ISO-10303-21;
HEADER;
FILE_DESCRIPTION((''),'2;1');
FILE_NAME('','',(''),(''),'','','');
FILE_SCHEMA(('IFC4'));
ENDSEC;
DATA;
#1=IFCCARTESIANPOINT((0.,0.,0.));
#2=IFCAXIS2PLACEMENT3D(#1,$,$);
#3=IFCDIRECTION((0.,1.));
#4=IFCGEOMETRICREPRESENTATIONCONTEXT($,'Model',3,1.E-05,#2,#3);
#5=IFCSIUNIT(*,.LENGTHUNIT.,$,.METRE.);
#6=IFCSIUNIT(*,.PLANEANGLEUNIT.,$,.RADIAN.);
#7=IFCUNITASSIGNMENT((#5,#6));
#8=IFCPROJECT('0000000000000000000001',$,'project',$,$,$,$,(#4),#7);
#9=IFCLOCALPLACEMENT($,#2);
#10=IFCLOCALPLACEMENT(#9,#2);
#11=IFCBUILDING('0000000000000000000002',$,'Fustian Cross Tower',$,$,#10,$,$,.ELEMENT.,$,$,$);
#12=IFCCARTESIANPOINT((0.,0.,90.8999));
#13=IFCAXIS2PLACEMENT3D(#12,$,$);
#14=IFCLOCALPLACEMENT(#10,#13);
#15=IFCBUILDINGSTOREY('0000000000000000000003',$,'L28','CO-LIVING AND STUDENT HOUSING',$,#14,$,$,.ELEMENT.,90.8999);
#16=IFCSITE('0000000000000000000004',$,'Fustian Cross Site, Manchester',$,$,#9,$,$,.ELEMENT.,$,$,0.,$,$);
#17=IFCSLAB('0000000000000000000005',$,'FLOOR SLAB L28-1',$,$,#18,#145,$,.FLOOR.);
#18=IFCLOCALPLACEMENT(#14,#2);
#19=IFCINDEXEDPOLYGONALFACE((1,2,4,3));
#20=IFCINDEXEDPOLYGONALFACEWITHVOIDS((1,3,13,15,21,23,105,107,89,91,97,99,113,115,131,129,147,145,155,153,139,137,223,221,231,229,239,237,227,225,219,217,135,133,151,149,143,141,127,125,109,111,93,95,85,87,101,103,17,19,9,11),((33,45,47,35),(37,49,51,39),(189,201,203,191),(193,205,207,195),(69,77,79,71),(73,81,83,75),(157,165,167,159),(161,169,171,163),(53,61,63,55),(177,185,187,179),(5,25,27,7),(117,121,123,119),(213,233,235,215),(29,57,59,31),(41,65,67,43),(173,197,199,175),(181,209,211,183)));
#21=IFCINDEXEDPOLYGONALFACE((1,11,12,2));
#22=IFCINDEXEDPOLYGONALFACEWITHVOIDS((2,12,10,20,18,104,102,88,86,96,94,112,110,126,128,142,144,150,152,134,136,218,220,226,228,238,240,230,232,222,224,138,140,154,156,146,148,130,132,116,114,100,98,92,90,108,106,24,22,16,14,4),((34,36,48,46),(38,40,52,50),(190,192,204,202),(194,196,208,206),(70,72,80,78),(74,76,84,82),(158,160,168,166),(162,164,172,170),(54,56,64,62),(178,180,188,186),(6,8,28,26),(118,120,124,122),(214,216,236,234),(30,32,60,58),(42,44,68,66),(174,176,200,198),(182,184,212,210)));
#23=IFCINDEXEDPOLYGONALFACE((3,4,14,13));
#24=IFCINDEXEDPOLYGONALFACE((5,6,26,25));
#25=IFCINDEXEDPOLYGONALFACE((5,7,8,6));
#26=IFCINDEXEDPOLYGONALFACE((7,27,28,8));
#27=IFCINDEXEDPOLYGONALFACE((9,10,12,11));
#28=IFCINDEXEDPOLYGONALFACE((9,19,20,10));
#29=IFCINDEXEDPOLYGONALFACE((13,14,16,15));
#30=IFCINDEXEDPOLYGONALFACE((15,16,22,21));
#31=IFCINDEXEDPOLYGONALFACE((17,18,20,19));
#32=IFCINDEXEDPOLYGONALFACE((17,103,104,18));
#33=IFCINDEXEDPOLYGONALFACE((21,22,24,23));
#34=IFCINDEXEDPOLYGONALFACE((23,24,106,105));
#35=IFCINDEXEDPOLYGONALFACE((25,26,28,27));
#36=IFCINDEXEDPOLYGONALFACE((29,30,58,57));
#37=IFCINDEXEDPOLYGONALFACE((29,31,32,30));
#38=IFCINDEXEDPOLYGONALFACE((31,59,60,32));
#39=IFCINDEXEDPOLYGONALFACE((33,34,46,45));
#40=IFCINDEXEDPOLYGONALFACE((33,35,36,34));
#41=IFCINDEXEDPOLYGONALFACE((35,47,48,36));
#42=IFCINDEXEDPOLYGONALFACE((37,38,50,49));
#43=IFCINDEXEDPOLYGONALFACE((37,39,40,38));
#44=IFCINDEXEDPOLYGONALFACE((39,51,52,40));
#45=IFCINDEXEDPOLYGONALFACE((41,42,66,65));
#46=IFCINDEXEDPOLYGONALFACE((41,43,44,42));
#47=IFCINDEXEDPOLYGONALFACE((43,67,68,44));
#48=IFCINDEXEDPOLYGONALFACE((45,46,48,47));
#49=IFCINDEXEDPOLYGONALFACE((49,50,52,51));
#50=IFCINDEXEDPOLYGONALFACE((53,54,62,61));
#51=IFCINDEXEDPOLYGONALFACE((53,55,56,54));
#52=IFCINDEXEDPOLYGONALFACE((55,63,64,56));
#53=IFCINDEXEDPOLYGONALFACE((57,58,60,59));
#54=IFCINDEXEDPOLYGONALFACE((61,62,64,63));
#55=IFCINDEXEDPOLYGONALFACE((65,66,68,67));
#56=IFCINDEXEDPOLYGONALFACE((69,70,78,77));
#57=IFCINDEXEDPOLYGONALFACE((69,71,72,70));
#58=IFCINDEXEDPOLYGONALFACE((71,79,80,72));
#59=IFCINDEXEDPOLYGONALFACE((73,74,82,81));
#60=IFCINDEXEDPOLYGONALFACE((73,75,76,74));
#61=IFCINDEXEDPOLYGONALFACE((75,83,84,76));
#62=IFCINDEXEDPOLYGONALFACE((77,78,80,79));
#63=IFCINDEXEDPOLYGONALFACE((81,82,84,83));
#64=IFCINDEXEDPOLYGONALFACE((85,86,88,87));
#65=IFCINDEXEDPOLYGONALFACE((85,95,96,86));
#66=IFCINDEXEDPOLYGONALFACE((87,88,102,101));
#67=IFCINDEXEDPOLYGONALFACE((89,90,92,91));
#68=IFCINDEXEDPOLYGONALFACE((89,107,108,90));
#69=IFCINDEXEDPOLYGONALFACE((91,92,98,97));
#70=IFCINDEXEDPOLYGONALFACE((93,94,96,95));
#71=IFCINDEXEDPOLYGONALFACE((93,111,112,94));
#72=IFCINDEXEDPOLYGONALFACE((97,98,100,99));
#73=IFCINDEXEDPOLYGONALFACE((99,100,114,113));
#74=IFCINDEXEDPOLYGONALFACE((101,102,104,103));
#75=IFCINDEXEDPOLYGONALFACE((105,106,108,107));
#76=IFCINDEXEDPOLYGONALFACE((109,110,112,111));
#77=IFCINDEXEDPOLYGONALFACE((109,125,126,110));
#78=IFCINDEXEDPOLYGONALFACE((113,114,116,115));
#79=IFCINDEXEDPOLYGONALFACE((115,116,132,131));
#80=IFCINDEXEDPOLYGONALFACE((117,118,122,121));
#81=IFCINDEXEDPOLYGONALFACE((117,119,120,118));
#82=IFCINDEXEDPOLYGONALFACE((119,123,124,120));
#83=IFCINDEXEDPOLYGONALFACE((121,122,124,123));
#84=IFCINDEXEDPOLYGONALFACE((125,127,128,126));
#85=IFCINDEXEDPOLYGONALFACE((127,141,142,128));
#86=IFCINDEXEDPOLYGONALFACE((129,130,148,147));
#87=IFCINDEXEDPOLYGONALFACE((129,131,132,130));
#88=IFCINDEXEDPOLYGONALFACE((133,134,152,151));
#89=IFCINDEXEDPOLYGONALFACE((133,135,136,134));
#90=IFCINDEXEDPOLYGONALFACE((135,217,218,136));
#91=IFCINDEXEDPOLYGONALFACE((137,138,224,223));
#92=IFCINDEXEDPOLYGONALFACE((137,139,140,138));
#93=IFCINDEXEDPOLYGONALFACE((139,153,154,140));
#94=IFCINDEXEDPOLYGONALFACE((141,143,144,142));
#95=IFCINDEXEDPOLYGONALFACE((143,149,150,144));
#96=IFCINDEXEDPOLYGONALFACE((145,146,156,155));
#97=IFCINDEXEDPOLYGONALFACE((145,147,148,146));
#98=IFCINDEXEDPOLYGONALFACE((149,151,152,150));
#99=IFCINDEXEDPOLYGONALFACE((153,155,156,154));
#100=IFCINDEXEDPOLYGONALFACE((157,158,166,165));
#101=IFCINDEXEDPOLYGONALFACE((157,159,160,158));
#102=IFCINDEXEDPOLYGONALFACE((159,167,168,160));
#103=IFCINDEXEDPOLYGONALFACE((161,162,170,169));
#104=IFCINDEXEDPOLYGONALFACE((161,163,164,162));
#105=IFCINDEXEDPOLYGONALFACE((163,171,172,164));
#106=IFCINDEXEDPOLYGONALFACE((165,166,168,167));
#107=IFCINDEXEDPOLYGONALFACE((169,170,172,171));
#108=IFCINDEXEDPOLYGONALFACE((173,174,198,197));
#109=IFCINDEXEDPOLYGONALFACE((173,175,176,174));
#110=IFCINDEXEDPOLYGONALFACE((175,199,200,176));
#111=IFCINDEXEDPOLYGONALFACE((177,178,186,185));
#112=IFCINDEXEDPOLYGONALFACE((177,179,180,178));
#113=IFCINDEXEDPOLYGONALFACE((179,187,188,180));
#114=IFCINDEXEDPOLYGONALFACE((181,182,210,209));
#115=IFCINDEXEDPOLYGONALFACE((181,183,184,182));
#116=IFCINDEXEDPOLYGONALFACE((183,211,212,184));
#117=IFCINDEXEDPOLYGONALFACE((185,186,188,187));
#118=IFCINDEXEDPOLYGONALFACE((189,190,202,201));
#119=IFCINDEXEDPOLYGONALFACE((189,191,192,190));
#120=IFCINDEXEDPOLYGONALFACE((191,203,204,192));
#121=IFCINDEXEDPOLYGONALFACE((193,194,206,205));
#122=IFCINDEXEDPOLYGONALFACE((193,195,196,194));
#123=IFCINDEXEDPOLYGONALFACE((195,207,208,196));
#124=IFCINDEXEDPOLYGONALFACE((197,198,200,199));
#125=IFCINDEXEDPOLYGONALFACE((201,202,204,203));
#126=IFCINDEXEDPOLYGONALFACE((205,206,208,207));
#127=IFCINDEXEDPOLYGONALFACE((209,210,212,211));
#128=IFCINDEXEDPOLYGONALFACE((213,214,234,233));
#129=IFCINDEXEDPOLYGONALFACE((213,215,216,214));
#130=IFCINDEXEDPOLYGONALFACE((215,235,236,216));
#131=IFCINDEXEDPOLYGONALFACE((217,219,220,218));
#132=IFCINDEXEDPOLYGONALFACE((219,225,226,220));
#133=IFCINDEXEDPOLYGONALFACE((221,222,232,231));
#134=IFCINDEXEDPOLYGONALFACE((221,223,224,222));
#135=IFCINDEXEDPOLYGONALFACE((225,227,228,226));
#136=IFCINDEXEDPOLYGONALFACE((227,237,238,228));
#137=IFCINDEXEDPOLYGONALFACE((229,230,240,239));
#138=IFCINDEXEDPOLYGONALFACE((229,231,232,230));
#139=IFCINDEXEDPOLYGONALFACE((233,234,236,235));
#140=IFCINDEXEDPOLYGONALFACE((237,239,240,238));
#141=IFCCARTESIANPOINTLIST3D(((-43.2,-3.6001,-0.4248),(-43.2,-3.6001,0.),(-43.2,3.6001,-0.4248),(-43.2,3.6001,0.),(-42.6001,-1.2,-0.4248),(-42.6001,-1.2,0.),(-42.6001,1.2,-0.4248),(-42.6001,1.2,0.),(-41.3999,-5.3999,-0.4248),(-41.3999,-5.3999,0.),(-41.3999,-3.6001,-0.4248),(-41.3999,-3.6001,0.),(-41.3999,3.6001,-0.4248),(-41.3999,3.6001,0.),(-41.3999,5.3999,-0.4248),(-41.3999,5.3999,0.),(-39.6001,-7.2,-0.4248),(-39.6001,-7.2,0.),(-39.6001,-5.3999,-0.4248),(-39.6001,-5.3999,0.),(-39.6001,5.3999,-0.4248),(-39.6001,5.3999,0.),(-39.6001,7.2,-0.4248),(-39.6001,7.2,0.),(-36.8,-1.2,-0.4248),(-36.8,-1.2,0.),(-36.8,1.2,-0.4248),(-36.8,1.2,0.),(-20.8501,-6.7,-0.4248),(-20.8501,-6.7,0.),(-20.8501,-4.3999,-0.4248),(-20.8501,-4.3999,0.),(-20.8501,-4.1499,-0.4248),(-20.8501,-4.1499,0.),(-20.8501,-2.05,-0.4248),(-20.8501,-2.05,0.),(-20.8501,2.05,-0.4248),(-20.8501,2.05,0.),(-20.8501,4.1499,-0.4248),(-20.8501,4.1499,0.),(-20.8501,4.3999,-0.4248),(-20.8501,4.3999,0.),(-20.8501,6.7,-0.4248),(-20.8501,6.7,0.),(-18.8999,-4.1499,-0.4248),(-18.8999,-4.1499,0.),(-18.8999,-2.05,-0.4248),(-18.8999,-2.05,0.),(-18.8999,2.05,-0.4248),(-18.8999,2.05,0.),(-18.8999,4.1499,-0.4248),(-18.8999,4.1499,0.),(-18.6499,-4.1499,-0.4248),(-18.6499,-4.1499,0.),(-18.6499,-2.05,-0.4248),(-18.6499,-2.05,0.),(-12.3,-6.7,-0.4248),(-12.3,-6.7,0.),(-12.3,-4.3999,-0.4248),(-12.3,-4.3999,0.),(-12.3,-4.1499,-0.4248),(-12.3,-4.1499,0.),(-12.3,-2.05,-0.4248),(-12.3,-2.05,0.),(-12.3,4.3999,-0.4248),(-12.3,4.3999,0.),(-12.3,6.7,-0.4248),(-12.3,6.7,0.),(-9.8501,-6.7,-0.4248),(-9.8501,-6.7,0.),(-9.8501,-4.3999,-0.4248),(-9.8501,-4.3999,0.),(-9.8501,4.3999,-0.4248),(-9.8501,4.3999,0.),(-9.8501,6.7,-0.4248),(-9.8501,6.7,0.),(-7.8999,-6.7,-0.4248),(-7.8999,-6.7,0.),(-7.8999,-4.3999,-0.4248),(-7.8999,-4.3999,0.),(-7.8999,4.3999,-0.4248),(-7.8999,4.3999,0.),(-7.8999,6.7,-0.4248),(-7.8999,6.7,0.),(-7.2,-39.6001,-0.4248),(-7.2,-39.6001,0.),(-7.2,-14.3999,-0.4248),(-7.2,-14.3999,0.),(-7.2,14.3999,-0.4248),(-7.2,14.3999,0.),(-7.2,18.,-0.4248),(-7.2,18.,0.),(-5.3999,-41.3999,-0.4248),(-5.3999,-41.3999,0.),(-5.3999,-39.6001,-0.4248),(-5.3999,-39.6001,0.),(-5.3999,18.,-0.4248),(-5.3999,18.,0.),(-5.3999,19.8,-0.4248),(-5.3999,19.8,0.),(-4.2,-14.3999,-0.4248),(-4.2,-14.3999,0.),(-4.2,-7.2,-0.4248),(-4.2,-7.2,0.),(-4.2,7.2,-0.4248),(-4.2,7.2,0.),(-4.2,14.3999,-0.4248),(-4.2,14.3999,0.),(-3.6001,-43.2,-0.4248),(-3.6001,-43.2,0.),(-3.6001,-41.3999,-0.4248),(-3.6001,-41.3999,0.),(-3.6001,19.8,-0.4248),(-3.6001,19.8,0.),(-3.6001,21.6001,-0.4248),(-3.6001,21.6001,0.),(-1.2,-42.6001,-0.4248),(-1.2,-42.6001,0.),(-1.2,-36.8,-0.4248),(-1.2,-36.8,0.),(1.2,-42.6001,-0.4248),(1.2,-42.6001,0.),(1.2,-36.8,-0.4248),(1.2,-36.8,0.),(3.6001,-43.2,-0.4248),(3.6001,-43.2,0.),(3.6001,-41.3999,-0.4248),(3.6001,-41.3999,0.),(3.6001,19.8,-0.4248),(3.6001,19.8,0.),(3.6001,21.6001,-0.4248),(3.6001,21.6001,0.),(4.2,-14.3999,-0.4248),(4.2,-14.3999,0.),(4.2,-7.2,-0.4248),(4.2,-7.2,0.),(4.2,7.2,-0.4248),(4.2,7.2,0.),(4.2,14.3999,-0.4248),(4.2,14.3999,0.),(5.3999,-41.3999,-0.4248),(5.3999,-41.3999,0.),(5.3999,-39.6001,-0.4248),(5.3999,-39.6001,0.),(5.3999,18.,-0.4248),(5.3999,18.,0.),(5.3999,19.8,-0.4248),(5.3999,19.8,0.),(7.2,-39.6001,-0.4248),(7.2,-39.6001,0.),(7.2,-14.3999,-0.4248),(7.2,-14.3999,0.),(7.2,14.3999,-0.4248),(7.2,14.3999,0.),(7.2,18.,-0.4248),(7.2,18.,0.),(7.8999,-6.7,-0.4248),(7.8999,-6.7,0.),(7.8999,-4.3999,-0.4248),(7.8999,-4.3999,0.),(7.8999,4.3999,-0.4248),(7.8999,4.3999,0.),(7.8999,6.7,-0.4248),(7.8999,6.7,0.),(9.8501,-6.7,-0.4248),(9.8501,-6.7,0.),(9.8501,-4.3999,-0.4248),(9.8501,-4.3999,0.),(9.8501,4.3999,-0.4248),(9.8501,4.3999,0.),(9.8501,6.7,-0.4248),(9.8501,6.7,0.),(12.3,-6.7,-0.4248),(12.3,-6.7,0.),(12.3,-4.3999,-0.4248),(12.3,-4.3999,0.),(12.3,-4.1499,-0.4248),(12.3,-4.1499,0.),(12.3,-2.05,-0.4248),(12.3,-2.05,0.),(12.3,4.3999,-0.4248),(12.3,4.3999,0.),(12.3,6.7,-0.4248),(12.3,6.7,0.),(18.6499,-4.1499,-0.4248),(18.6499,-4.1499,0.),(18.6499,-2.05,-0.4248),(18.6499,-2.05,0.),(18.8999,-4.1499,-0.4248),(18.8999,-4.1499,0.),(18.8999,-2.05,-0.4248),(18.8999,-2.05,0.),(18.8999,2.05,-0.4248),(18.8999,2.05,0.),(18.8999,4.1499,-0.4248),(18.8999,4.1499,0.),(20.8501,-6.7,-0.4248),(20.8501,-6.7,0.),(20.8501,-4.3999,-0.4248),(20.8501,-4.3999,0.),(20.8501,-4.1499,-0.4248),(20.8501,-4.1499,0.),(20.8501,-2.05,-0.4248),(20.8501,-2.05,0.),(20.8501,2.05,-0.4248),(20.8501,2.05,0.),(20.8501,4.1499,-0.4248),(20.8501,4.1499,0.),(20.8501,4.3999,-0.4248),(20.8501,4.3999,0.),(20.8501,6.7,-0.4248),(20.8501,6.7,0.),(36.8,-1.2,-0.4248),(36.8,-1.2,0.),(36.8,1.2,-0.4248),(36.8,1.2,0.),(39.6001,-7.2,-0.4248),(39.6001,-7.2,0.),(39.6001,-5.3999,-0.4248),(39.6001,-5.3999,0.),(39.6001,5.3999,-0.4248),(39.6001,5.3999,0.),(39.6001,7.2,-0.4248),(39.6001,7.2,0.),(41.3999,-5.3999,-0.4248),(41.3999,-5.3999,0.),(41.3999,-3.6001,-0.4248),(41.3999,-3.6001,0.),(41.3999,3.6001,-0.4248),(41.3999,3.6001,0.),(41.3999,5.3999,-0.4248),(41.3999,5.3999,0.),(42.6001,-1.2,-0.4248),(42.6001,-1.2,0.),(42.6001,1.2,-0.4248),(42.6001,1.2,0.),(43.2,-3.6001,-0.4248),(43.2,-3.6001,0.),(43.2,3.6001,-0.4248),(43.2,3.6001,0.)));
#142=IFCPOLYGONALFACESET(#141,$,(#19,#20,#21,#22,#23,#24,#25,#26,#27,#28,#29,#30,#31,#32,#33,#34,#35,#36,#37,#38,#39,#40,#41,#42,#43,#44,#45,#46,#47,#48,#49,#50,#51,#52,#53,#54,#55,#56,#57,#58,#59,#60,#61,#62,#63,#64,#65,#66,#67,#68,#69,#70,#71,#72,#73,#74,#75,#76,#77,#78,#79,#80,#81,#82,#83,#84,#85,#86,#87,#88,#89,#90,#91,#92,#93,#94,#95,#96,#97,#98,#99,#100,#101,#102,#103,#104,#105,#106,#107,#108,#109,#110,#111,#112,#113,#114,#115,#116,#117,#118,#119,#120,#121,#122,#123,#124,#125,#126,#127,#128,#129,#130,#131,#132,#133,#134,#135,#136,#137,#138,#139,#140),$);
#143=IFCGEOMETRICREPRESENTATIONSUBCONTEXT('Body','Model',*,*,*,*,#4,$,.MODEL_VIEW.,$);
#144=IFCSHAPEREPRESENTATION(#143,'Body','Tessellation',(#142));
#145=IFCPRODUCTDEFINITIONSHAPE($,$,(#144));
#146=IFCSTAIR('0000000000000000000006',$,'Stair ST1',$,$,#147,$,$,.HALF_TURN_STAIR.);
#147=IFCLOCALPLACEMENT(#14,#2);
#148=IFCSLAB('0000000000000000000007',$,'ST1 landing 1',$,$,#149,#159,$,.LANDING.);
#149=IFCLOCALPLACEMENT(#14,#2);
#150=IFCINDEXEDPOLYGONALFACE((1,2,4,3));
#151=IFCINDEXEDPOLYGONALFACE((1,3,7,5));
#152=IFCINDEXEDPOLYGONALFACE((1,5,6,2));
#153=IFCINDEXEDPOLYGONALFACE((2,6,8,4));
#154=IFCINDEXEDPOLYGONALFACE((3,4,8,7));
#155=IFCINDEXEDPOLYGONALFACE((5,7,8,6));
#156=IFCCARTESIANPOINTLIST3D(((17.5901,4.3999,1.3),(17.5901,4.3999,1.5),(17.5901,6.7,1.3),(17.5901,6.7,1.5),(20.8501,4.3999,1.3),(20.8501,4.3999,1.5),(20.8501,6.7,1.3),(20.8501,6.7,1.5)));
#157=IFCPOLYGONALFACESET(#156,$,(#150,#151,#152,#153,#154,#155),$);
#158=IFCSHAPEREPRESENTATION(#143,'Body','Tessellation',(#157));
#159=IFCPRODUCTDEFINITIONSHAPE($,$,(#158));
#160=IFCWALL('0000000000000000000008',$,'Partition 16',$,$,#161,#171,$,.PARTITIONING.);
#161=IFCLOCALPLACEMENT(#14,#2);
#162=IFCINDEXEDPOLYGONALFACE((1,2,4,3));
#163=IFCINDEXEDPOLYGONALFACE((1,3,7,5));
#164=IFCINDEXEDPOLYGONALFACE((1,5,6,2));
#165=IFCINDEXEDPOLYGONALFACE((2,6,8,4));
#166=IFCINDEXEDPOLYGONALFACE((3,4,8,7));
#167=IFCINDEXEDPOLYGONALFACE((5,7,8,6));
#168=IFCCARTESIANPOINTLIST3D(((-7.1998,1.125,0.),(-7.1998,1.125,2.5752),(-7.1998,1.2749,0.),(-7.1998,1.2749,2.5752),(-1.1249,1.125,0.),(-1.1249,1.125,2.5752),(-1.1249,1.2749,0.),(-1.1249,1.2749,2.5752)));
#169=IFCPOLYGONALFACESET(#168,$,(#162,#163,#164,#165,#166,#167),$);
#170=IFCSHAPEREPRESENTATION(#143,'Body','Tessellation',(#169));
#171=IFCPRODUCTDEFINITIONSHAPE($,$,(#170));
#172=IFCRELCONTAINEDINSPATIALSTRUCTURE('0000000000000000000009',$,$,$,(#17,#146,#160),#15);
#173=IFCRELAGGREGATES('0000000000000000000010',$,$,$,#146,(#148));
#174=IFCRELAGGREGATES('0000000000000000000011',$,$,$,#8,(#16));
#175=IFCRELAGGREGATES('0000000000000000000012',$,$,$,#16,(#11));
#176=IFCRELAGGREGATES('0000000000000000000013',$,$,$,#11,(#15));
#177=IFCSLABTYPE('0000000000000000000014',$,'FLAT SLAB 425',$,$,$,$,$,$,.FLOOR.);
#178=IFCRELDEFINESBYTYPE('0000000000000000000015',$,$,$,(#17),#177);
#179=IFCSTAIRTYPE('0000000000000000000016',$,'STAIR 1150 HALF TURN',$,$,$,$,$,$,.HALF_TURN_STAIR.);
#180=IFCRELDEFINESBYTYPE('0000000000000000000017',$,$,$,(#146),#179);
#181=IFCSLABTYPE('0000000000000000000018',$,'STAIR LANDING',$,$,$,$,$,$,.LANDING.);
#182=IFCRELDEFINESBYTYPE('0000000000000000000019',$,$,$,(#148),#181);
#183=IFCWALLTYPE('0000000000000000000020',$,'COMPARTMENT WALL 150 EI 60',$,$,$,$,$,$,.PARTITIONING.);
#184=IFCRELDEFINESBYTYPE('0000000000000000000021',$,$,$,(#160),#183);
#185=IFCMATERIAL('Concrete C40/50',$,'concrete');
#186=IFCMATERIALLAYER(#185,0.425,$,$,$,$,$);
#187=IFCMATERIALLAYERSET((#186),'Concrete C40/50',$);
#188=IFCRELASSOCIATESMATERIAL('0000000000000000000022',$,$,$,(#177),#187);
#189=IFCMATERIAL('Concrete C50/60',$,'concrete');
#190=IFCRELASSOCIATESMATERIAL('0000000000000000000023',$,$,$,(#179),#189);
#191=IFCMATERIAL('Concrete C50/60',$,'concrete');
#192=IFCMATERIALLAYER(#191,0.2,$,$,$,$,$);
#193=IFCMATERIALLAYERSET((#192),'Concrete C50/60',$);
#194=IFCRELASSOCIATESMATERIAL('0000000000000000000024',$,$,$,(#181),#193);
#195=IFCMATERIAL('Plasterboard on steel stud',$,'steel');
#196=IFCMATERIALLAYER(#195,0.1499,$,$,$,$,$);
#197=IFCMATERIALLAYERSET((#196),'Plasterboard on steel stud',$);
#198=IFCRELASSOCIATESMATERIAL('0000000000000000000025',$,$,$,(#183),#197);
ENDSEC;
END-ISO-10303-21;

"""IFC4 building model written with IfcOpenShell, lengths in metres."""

from ifc_helpers import new_model, si_unit, direction, frame, frame_2d, origin, place, context, subcontext, project, spatial, polyline, rectangle, outline, extrude, material, layer, layer_set, type_object, element, aggregate, save


model = new_model("IFC4")

# Units and contexts
model_context = context("Model", 3, precision=1e-05, world=origin(), true_north=direction((0.0, 1.0)))
body_context = subcontext(model_context, "Body", "Model", "MODEL_VIEW")
ifc_project = project(units=[si_unit("LENGTHUNIT", "METRE"), si_unit("PLANEANGLEUNIT", "RADIAN")], contexts=[model_context])

# Site, building, storey
site_placement = place(None, origin())
site = spatial("IfcSite", under=ifc_project, at=site_placement, Name="Fustian Cross Site, Manchester", CompositionType="ELEMENT", RefElevation=0.0)
building_placement = place(site_placement, origin())
building = spatial("IfcBuilding", under=site, at=building_placement, Name="Fustian Cross Tower", CompositionType="ELEMENT")
storey_placement = place(building_placement, frame((0.0, 0.0, 90.8999)))
storey = spatial("IfcBuildingStorey", under=building, at=storey_placement, Name="L28", Description="CO-LIVING AND STUDENT HOUSING", CompositionType="ELEMENT", Elevation=90.8999)

# Slab
ifc_material_1 = material(Name="Concrete C40/50", Category="concrete")
ifc_layer_1 = layer(ifc_material_1, 0.425)
ifc_layer_set_1 = layer_set([ifc_layer_1], Name="Concrete C40/50")
slab_type_1 = type_object("IfcSlabType", Name="FLAT SLAB 425", PredefinedType="FLOOR", material=ifc_layer_set_1)
slab_1_placement = place(storey_placement, frame((0.0, 0.0, -0.4248)))
element("IfcSlab", 1, at=slab_1_placement, inside=storey, type_object=slab_type_1, Name="FLOOR SLAB L28-1", PredefinedType="FLOOR", context=body_context, shape_type="SweptSolid", body=[
    extrude(outline(polyline([(-4.2, -7.2), (-39.6001, -7.2), (-39.6001, -5.3999), (-41.3999, -5.3999), (-41.3999, -3.6001), (-43.2, -3.6001), (-43.2, 3.6001), (-41.3999, 3.6001), (-41.3999, 5.3999), (-39.6001, 5.3999), (-39.6001, 7.2), (-4.2, 7.2), (-4.2, 14.3999), (-7.2, 14.3999), (-7.2, 18.0), (-5.3999, 18.0), (-5.3999, 19.8), (-3.6001, 19.8), (-3.6001, 21.6001), (3.6001, 21.6001), (3.6001, 19.8), (5.3999, 19.8), (5.3999, 18.0), (7.2, 18.0), (7.2, 14.3999), (4.2, 14.3999), (4.2, 7.2), (39.6001, 7.2), (39.6001, 5.3999), (41.3999, 5.3999), (41.3999, 3.6001), (43.2, 3.6001), (43.2, -3.6001), (41.3999, -3.6001), (41.3999, -5.3999), (39.6001, -5.3999), (39.6001, -7.2), (4.2, -7.2), (4.2, -14.3999), (7.2, -14.3999), (7.2, -39.6001), (5.3999, -39.6001), (5.3999, -41.3999), (3.6001, -41.3999), (3.6001, -43.2), (-3.6001, -43.2), (-3.6001, -41.3999), (-5.3999, -41.3999), (-5.3999, -39.6001), (-7.2, -39.6001), (-7.2, -14.3999), (-4.2, -14.3999), (-4.2, -7.2)]), holes=[polyline([(20.8501, -2.05), (18.8999, -2.05), (18.8999, -4.1499), (20.8501, -4.1499), (20.8501, -2.05)]), polyline([(20.8501, 2.05), (20.8501, 4.1499), (18.8999, 4.1499), (18.8999, 2.05), (20.8501, 2.05)]), polyline([(7.8999, 4.3999), (9.8501, 4.3999), (9.8501, 6.7), (7.8999, 6.7), (7.8999, 4.3999)]), polyline([(7.8999, -4.3999), (7.8999, -6.7), (9.8501, -6.7), (9.8501, -4.3999), (7.8999, -4.3999)]), polyline([(-18.8999, -2.05), (-20.8501, -2.05), (-20.8501, -4.1499), (-18.8999, -4.1499), (-18.8999, -2.05)]), polyline([(-18.8999, 2.05), (-18.8999, 4.1499), (-20.8501, 4.1499), (-20.8501, 2.05), (-18.8999, 2.05)]), polyline([(-9.8501, 4.3999), (-7.8999, 4.3999), (-7.8999, 6.7), (-9.8501, 6.7), (-9.8501, 4.3999)]), polyline([(-9.8501, -4.3999), (-9.8501, -6.7), (-7.8999, -6.7), (-7.8999, -4.3999), (-9.8501, -4.3999)]), polyline([(18.6499, -2.05), (12.3, -2.05), (12.3, -4.1499), (18.6499, -4.1499), (18.6499, -2.05)]), polyline([(-12.3, -4.1499), (-12.3, -2.05), (-18.6499, -2.05), (-18.6499, -4.1499), (-12.3, -4.1499)]), polyline([(12.3, 4.3999), (20.8501, 4.3999), (20.8501, 6.7), (12.3, 6.7), (12.3, 4.3999)]), polyline([(12.3, -4.3999), (12.3, -6.7), (20.8501, -6.7), (20.8501, -4.3999), (12.3, -4.3999)]), polyline([(-12.3, 6.7), (-20.8501, 6.7), (-20.8501, 4.3999), (-12.3, 4.3999), (-12.3, 6.7)]), polyline([(-12.3, -6.7), (-12.3, -4.3999), (-20.8501, -4.3999), (-20.8501, -6.7), (-12.3, -6.7)]), polyline([(-1.2, -42.6001), (1.2, -42.6001), (1.2, -36.8), (-1.2, -36.8), (-1.2, -42.6001)]), polyline([(36.8, 1.2), (36.8, -1.2), (42.6001, -1.2), (42.6001, 1.2), (36.8, 1.2)]), polyline([(-36.8, 1.2), (-42.6001, 1.2), (-42.6001, -1.2), (-36.8, -1.2), (-36.8, 1.2)])]), origin(), (0.0, 0.0, 1.0), 0.4248),
])

# Stair, slab
ifc_material_2 = material(Name="Concrete C50/60", Category="concrete")
stair_type = type_object("IfcStairType", Name="STAIR 1150 HALF TURN", PredefinedType="HALF_TURN_STAIR", material=ifc_material_2)
stair_placement = place(storey_placement, origin())
stair = element("IfcStair", 2, at=stair_placement, inside=storey, type_object=stair_type, Name="Stair ST1", PredefinedType="HALF_TURN_STAIR")
ifc_material_3 = material(Name="Concrete C50/60", Category="concrete")
ifc_layer_2 = layer(ifc_material_3, 0.2)
ifc_layer_set_2 = layer_set([ifc_layer_2], Name="Concrete C50/60")
slab_type_2 = type_object("IfcSlabType", Name="STAIR LANDING", PredefinedType="LANDING", material=ifc_layer_set_2)
slab_2_placement = place(storey_placement, frame((0.0, 0.0, 1.3)))
slab_2 = element("IfcSlab", 3, at=slab_2_placement, type_object=slab_type_2, Name="ST1 landing 1", PredefinedType="LANDING", context=body_context, shape_type="SweptSolid", body=[
    extrude(outline(polyline([(17.5901, 4.3999), (20.8501, 4.3999), (20.8501, 6.7), (17.5901, 6.7), (17.5901, 4.3999)])), origin(), (0.0, 0.0, 1.0), 0.2),
])
aggregate(stair, [slab_2])

# Wall
ifc_material_4 = material(Name="Plasterboard on steel stud", Category="steel")
ifc_layer_3 = layer(ifc_material_4, 0.1499)
ifc_layer_set_3 = layer_set([ifc_layer_3], Name="Plasterboard on steel stud")
wall_type_1 = type_object("IfcWallType", Name="COMPARTMENT WALL 150 EI 60", PredefinedType="PARTITIONING", material=ifc_layer_set_3)
wall_1_placement = place(storey_placement, frame((-7.2, 1.2, 0.0), z_axis=(0.0, 0.0, 1.0), x_axis=(1.0, 0.0, 0.0)))
element("IfcWall", 4, at=wall_1_placement, inside=storey, type_object=wall_type_1, Name="Partition 16", PredefinedType="PARTITIONING", context=body_context, shape_type="SweptSolid", body=[
    extrude(rectangle(XDim=6.075, YDim=0.1499, at=frame_2d((3.0376, 0.0))), origin(), (0.0, 0.0, 1.0), 2.5752),
])

save(model, "model.ifc")
